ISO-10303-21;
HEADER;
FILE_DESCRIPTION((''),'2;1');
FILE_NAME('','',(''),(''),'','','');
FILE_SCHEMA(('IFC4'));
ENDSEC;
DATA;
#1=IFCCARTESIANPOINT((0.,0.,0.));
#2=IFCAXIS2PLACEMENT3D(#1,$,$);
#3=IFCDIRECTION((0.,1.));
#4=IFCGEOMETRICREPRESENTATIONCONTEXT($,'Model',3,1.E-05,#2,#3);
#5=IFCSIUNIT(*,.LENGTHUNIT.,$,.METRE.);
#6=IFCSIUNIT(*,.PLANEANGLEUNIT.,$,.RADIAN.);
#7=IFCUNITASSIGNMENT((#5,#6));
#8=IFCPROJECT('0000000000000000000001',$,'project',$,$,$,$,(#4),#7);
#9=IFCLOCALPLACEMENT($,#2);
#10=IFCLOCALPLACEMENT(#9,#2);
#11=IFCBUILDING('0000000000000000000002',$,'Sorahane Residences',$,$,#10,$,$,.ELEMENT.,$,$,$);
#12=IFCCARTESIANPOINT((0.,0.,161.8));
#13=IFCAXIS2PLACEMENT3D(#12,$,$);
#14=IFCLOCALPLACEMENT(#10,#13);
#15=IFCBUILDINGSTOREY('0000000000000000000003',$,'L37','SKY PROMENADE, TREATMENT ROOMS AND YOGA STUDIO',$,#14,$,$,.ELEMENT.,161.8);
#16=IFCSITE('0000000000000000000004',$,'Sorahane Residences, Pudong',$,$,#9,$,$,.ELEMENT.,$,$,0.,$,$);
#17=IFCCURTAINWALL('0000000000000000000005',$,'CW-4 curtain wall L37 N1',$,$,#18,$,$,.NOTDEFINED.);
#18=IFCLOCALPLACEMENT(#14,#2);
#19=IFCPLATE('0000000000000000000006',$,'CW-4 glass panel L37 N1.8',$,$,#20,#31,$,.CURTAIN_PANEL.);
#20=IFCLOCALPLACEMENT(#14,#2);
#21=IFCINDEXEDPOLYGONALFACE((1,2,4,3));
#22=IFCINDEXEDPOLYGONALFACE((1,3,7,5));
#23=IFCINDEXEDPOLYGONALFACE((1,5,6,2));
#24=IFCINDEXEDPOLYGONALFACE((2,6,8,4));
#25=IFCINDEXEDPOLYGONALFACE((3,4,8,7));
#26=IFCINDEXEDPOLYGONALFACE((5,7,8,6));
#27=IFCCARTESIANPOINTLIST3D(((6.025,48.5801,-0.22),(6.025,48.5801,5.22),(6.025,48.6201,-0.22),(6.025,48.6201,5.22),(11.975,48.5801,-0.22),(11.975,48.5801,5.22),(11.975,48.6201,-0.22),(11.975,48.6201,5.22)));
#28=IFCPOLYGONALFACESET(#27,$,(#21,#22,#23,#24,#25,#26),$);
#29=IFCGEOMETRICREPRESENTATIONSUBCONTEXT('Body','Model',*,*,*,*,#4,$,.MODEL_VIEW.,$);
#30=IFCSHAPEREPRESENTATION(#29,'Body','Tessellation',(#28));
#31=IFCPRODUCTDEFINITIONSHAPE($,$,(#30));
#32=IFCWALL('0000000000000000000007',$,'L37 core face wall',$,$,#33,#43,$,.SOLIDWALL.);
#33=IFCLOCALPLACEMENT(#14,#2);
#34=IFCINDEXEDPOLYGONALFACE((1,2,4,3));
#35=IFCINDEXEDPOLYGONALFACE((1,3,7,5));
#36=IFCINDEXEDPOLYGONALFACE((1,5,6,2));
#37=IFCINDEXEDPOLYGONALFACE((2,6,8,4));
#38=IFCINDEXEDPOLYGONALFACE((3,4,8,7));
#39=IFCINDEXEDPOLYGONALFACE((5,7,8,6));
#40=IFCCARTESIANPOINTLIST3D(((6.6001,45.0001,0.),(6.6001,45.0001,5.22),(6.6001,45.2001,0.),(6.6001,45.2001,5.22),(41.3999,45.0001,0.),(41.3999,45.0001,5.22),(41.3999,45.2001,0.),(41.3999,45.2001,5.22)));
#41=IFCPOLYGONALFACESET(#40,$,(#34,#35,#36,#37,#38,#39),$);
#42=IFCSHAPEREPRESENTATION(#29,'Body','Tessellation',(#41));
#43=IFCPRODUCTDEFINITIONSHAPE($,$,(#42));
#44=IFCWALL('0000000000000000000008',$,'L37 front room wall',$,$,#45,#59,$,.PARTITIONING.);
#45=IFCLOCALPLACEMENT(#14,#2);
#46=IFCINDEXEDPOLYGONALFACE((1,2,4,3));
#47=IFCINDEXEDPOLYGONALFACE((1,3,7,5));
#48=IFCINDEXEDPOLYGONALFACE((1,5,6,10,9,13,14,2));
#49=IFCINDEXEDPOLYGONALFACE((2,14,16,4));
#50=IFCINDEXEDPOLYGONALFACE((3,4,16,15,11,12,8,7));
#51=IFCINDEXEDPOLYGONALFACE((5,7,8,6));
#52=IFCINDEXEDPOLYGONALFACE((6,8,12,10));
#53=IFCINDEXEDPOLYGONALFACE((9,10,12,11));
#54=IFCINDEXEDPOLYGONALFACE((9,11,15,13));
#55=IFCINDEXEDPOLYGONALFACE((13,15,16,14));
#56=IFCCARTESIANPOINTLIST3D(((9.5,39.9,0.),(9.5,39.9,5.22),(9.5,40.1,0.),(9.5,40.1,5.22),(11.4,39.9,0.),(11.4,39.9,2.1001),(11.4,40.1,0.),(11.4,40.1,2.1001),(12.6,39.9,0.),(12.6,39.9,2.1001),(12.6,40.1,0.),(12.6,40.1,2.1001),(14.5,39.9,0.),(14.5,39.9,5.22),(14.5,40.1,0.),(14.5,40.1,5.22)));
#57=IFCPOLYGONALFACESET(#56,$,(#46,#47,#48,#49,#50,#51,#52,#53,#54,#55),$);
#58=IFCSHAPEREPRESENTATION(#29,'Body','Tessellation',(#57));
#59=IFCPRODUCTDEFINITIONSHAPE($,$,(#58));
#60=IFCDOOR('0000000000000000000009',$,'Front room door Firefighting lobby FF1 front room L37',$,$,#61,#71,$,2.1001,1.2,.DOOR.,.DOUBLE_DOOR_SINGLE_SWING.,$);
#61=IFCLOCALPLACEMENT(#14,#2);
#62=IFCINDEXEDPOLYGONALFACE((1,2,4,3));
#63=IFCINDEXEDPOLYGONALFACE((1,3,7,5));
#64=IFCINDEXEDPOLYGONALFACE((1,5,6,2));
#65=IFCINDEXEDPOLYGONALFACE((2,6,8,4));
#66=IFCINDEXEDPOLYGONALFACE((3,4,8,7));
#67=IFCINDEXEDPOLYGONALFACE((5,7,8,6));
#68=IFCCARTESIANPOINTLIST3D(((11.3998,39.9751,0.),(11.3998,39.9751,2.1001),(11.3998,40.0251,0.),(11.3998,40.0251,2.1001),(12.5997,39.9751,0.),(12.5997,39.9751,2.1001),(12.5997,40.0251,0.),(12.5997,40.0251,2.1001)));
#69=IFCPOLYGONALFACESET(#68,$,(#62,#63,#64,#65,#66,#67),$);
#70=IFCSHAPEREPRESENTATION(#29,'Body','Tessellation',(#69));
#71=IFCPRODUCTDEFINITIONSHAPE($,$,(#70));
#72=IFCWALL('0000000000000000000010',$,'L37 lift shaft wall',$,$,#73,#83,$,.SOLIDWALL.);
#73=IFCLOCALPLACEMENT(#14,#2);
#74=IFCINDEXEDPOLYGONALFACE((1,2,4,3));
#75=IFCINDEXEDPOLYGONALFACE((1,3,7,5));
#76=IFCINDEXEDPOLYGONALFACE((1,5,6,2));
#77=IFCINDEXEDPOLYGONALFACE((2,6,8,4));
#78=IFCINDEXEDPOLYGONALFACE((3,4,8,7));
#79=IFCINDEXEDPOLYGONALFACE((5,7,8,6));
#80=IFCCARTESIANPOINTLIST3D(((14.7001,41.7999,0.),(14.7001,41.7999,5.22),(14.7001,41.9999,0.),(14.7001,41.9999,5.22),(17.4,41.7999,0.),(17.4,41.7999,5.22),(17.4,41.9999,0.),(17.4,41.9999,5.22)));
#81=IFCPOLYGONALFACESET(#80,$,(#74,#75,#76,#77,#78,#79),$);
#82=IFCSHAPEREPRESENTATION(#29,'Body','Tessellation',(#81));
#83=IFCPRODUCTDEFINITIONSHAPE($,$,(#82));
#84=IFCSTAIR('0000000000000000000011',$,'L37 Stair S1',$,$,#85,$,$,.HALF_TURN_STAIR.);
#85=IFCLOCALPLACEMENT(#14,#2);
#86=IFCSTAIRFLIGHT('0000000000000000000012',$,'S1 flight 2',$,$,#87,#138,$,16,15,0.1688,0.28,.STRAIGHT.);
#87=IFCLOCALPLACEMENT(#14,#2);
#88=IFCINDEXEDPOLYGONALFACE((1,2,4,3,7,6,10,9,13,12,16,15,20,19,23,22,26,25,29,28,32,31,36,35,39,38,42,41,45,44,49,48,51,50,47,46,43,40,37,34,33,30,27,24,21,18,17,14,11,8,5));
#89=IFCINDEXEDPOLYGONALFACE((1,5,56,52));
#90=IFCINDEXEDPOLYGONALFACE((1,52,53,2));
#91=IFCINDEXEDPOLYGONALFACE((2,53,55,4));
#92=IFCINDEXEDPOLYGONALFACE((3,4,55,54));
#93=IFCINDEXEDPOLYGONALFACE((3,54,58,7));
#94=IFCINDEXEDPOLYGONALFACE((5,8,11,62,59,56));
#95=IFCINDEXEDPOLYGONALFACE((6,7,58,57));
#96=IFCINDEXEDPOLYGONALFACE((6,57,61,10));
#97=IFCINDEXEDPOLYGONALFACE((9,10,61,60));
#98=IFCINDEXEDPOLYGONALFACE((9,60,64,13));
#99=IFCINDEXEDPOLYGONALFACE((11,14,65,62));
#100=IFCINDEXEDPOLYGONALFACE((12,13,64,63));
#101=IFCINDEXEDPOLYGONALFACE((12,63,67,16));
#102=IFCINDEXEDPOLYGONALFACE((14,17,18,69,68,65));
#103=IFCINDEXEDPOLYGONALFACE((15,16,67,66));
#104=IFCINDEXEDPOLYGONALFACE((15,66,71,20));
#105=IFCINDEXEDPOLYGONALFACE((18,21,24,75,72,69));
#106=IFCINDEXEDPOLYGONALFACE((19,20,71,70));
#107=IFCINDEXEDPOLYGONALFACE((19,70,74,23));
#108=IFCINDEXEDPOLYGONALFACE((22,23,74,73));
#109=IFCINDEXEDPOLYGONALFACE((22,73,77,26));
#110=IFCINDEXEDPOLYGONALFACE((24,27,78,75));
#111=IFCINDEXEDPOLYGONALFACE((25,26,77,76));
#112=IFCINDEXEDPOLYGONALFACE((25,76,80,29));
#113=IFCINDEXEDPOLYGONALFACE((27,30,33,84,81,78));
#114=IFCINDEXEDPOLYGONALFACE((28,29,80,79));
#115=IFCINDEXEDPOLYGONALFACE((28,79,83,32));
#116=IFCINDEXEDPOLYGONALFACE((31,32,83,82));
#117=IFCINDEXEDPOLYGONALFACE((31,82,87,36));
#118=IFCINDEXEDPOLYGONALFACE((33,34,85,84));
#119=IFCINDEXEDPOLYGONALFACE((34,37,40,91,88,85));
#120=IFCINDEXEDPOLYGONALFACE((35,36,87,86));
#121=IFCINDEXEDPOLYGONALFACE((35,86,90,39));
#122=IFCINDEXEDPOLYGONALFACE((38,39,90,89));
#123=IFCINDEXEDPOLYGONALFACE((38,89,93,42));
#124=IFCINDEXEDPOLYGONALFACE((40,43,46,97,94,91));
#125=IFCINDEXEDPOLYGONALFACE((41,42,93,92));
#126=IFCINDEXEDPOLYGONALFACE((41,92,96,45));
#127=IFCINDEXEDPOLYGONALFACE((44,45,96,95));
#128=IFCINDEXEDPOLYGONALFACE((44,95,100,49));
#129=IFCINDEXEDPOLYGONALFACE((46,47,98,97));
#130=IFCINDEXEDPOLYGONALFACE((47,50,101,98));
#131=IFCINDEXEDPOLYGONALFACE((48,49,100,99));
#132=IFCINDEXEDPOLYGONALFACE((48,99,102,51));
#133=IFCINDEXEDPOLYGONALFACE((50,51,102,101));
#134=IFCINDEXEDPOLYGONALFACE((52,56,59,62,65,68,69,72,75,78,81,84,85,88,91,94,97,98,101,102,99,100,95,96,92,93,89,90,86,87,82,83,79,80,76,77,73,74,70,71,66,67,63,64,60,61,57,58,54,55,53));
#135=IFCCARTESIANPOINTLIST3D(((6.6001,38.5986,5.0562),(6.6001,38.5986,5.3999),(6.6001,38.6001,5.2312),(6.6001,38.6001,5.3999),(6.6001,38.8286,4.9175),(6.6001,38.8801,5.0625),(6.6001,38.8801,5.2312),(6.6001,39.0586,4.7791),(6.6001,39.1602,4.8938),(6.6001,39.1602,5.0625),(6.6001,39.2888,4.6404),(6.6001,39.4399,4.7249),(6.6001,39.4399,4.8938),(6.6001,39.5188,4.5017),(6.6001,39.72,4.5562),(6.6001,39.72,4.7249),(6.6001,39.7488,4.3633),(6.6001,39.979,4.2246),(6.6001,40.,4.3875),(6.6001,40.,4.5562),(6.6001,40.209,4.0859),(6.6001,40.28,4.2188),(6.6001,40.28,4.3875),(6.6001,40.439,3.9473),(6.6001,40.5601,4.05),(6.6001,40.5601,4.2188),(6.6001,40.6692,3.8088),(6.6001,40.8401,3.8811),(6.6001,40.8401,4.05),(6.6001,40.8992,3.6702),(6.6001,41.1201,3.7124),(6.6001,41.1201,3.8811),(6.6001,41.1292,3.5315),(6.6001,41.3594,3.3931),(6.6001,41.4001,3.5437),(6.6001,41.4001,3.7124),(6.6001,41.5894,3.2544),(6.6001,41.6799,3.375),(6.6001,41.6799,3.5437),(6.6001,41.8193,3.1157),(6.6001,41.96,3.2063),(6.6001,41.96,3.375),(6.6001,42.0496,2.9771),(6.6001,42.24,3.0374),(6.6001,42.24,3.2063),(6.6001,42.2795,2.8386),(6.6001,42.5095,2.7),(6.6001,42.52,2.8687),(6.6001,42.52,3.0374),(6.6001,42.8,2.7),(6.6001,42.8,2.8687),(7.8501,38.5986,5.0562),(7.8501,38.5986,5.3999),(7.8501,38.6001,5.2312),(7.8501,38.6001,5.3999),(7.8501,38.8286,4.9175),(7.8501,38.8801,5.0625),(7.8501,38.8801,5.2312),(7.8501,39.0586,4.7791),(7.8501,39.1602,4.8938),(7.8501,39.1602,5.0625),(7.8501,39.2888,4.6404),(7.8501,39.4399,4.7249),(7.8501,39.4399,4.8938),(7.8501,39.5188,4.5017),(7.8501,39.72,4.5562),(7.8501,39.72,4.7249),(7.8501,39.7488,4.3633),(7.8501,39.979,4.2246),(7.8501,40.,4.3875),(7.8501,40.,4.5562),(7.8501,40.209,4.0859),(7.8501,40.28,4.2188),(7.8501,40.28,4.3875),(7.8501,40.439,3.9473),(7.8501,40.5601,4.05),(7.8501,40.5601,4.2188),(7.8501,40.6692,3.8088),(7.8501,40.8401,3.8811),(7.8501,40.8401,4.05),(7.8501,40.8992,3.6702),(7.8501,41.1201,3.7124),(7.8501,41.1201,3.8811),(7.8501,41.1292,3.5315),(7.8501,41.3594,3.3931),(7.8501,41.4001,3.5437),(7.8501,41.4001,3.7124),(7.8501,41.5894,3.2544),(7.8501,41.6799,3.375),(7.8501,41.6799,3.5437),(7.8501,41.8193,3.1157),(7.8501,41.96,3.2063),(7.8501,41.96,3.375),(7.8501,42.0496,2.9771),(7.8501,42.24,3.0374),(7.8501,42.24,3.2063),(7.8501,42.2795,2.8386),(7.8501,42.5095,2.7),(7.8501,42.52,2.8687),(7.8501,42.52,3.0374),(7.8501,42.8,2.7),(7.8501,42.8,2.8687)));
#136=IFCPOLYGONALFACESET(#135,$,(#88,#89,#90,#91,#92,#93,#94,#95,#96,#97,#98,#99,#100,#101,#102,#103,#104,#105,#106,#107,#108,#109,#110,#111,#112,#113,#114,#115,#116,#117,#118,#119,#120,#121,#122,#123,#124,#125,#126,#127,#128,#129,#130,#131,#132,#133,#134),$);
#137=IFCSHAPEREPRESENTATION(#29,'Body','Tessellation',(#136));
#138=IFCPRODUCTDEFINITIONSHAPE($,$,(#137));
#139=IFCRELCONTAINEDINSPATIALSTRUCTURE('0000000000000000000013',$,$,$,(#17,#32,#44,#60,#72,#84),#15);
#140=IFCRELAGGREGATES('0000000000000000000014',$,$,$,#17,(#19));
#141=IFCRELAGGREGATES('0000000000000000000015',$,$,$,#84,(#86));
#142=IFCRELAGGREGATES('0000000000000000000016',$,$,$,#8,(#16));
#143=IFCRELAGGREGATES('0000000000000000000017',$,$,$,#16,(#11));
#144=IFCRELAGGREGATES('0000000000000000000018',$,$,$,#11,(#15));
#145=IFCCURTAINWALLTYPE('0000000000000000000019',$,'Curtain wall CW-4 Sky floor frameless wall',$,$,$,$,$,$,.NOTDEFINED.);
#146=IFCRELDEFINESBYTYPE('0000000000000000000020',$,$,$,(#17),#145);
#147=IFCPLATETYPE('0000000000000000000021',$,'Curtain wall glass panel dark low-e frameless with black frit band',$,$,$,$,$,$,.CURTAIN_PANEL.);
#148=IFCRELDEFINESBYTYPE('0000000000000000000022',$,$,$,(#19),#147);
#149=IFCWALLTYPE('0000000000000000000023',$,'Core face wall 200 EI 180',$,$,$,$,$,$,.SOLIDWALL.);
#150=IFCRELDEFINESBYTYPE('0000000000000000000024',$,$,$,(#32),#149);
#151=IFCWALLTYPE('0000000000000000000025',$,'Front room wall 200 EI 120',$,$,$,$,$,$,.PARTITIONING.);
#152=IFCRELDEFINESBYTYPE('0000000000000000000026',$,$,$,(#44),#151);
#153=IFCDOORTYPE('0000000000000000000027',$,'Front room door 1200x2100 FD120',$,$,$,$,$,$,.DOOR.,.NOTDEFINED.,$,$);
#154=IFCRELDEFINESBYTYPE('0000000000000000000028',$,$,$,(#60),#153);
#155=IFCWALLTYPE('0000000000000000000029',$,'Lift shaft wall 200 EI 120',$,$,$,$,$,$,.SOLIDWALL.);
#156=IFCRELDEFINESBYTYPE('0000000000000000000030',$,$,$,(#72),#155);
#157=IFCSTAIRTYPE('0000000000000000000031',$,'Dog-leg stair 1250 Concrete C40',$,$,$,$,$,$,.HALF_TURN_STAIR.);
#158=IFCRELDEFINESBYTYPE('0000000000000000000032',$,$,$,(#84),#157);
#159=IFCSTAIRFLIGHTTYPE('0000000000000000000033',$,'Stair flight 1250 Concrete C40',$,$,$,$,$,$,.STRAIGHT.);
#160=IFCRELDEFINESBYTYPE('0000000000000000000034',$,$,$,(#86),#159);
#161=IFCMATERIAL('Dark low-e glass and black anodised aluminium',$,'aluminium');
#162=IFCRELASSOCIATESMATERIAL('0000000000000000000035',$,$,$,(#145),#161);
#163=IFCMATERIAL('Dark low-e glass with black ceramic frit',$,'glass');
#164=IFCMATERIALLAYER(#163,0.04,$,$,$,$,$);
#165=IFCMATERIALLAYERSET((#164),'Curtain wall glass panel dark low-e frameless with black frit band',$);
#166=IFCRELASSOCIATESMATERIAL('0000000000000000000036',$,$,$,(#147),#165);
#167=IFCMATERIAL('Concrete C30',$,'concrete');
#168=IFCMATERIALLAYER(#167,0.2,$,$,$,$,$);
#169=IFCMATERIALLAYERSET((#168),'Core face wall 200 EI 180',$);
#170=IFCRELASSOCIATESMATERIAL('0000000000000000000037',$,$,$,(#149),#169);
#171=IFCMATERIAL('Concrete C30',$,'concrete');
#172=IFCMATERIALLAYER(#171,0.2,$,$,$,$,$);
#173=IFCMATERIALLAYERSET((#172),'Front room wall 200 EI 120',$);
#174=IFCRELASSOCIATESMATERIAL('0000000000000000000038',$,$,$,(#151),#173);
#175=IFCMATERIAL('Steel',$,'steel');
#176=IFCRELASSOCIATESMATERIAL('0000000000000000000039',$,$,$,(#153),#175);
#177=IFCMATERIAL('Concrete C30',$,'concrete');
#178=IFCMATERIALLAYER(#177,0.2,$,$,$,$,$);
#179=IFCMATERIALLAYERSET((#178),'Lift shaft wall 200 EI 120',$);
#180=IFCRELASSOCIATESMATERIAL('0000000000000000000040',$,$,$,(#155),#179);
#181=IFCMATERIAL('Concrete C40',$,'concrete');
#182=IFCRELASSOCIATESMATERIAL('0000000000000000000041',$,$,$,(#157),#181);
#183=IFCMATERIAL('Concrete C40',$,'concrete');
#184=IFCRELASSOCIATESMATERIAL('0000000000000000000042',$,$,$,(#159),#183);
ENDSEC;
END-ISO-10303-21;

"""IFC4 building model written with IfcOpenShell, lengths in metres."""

from ifc_helpers import new_model, si_unit, direction, frame, frame_2d, origin, origin_2d, place, context, subcontext, project, spatial, polyline, rectangle, outline, extrude, material, layer, layer_set, type_object, element, fill, aggregate, save


model = new_model("IFC4")

# Units and contexts
model_context = context("Model", 3, precision=1e-05, world=origin(), true_north=direction((0.0, 1.0)))
body_context = subcontext(model_context, "Body", "Model", "MODEL_VIEW")
ifc_project = project(units=[si_unit("LENGTHUNIT", "METRE"), si_unit("PLANEANGLEUNIT", "RADIAN")], contexts=[model_context])

# Site, building, storey
site_placement = place(None, origin())
site = spatial("IfcSite", under=ifc_project, at=site_placement, Name="Sorahane Residences, Pudong", CompositionType="ELEMENT", RefElevation=0.0)
building_placement = place(site_placement, origin())
building = spatial("IfcBuilding", under=site, at=building_placement, Name="Sorahane Residences", CompositionType="ELEMENT")
storey_placement = place(building_placement, frame((0.0, 0.0, 161.8)))
storey = spatial("IfcBuildingStorey", under=building, at=storey_placement, Name="L37", Description="SKY PROMENADE, TREATMENT ROOMS AND YOGA STUDIO", CompositionType="ELEMENT", Elevation=161.8)

# Curtain wall
ifc_material_1 = material(Name="Dark low-e glass and black anodised aluminium", Category="aluminium")
curtain_wall_type = type_object("IfcCurtainWallType", Name="Curtain wall CW-4 Sky floor frameless wall", PredefinedType="NOTDEFINED", material=ifc_material_1)
curtain_wall_placement = place(storey_placement, origin())
curtain_wall = element("IfcCurtainWall", 1, at=curtain_wall_placement, inside=storey, type_object=curtain_wall_type, Name="CW-4 curtain wall L37 N1", PredefinedType="NOTDEFINED")

# Plate
ifc_material_2 = material(Name="Dark low-e glass with black ceramic frit", Category="glass")
ifc_layer_1 = layer(ifc_material_2, 0.04)
ifc_layer_set_1 = layer_set([ifc_layer_1], Name="Curtain wall glass panel dark low-e frameless with black frit band")
plate_type = type_object("IfcPlateType", Name="Curtain wall glass panel dark low-e frameless with black frit band", PredefinedType="CURTAIN_PANEL", material=ifc_layer_set_1)
plate_1_placement = place(storey_placement, frame((9.0, 48.6001, -0.22), z_axis=(0.0, 0.0, 1.0), x_axis=(-1.0, 0.0, 0.0)))
plate_1 = element("IfcPlate", 2, at=plate_1_placement, type_object=plate_type, Name="CW-4 glass panel L37 N1.8", PredefinedType="CURTAIN_PANEL", context=body_context, shape_type="SweptSolid", body=[
    extrude(rectangle(XDim=5.95, YDim=0.04, at=origin_2d()), origin(), (0.0, 0.0, 1.0), 5.4399),
])
aggregate(curtain_wall, [plate_1])

# Wall
ifc_material_3 = material(Name="Concrete C30", Category="concrete")
ifc_layer_2 = layer(ifc_material_3, 0.2)
ifc_layer_set_2 = layer_set([ifc_layer_2], Name="Core face wall 200 EI 180")
wall_type_1 = type_object("IfcWallType", Name="Core face wall 200 EI 180", PredefinedType="SOLIDWALL", material=ifc_layer_set_2)
wall_1_placement = place(storey_placement, frame((6.6001, 45.1001, 0.0), z_axis=(0.0, 0.0, 1.0), x_axis=(1.0, 0.0, 0.0)))
element("IfcWall", 3, at=wall_1_placement, inside=storey, type_object=wall_type_1, Name="L37 core face wall", PredefinedType="SOLIDWALL", context=body_context, shape_type="SweptSolid", body=[
    extrude(rectangle(XDim=34.7998, YDim=0.2, at=frame_2d((17.3999, 0.0))), origin(), (0.0, 0.0, 1.0), 5.22),
])

# Wall, opening, door
ifc_material_4 = material(Name="Concrete C30", Category="concrete")
ifc_layer_3 = layer(ifc_material_4, 0.2)
ifc_layer_set_3 = layer_set([ifc_layer_3], Name="Front room wall 200 EI 120")
wall_type_2 = type_object("IfcWallType", Name="Front room wall 200 EI 120", PredefinedType="PARTITIONING", material=ifc_layer_set_3)
wall_2_placement = place(storey_placement, frame((9.5, 40.0, 0.0), z_axis=(0.0, 0.0, 1.0), x_axis=(1.0, 0.0, 0.0)))
wall_2 = element("IfcWall", 4, at=wall_2_placement, inside=storey, type_object=wall_type_2, Name="L37 front room wall", PredefinedType="PARTITIONING", context=body_context, shape_type="SweptSolid", body=[
    extrude(rectangle(XDim=5.0, YDim=0.2, at=frame_2d((2.5, 0.0))), origin(), (0.0, 0.0, 1.0), 5.22),
])
opening_placement = place(wall_2_placement, frame((1.8999, 0.0, 0.0)))
opening = element("IfcOpeningElement", 5, at=opening_placement, cuts=wall_2, PredefinedType="OPENING", context=body_context, shape_type="SweptSolid", body=[
    extrude(rectangle(XDim=1.2, YDim=2.1001, at=frame_2d((0.6001, 1.05))), frame((0.0, 0.1099, 0.0), z_axis=(0.0, -1.0, 0.0), x_axis=(1.0, 0.0, 0.0)), (0.0, 0.0, 1.0), 0.22),
])
ifc_material_5 = material(Name="Steel", Category="steel")
door_type = type_object("IfcDoorType", Name="Front room door 1200x2100 FD120", OperationType="NOTDEFINED", PredefinedType="DOOR", material=ifc_material_5)
door_placement = place(opening_placement, frame((1.2, 0.0, 0.0), z_axis=(0.0, 0.0, 1.0), x_axis=(-1.0, 0.0, 0.0)))
door = element("IfcDoor", 6, at=door_placement, inside=storey, type_object=door_type, Name="Front room door Firefighting lobby FF1 front room L37", OperationType="DOUBLE_DOOR_SINGLE_SWING", OverallHeight=2.1001, OverallWidth=1.2, PredefinedType="DOOR", context=body_context, shape_type="SweptSolid", body=[
    extrude(rectangle(XDim=1.2, YDim=2.1001, at=frame_2d((0.6001, 1.05))), frame((0.0, 0.0249, 0.0), z_axis=(0.0, -1.0, 0.0), x_axis=(1.0, 0.0, 0.0)), (0.0, 0.0, 1.0), 0.05),
])
fill(opening, door)

# Wall
ifc_material_6 = material(Name="Concrete C30", Category="concrete")
ifc_layer_4 = layer(ifc_material_6, 0.2)
ifc_layer_set_4 = layer_set([ifc_layer_4], Name="Lift shaft wall 200 EI 120")
wall_type_3 = type_object("IfcWallType", Name="Lift shaft wall 200 EI 120", PredefinedType="SOLIDWALL", material=ifc_layer_set_4)
wall_3_placement = place(storey_placement, frame((14.7, 41.8999, 0.0), z_axis=(0.0, 0.0, 1.0), x_axis=(1.0, 0.0, 0.0)))
element("IfcWall", 7, at=wall_3_placement, inside=storey, type_object=wall_type_3, Name="L37 lift shaft wall", PredefinedType="SOLIDWALL", context=body_context, shape_type="SweptSolid", body=[
    extrude(rectangle(XDim=2.7, YDim=0.2, at=frame_2d((1.3501, 0.0))), origin(), (0.0, 0.0, 1.0), 5.22),
])

# Stair, stair flight
ifc_material_7 = material(Name="Concrete C40", Category="concrete")
stair_type = type_object("IfcStairType", Name="Dog-leg stair 1250 Concrete C40", PredefinedType="HALF_TURN_STAIR", material=ifc_material_7)
stair_1_placement = place(storey_placement, origin())
stair_1 = element("IfcStair", 8, at=stair_1_placement, inside=storey, type_object=stair_type, Name="L37 Stair S1", PredefinedType="HALF_TURN_STAIR")
ifc_material_8 = material(Name="Concrete C40", Category="concrete")
stair_flight_type = type_object("IfcStairFlightType", Name="Stair flight 1250 Concrete C40", PredefinedType="STRAIGHT", material=ifc_material_8)
stair_flight_1_placement = place(storey_placement, frame((7.2251, 42.8, 2.7), z_axis=(0.0, 0.0, 1.0), x_axis=(0.0, -1.0, 0.0)))
stair_flight_1 = element("IfcStairFlight", 9, at=stair_flight_1_placement, type_object=stair_flight_type, Name="S1 flight 2", NumberOfRisers=16, NumberOfTreads=15, PredefinedType="STRAIGHT", RiserHeight=0.1688, TreadLength=0.28, context=body_context, shape_type="SweptSolid", body=[
    extrude(outline(polyline([(0.0, 0.0), (0.0, 0.1687), (0.28, 0.1687), (0.28, 0.3374), (0.5601, 0.3374), (0.5601, 0.5063), (0.8401, 0.5063), (0.8401, 0.675), (1.1201, 0.675), (1.1201, 0.8438), (1.3999, 0.8438), (1.3999, 1.0125), (1.6799, 1.0125), (1.6799, 1.1812), (1.96, 1.1812), (1.96, 1.3501), (2.24, 1.3501), (2.24, 1.5188), (2.52, 1.5188), (2.52, 1.6875), (2.8, 1.6875), (2.8, 1.8562), (3.0801, 1.8562), (3.0801, 2.0249), (3.3601, 2.0249), (3.3601, 2.1938), (3.6399, 2.1938), (3.6399, 2.3625), (3.9199, 2.3625), (3.9199, 2.5312), (4.2, 2.5312), (4.2, 2.7), (4.2014, 2.7), (4.2014, 2.3562), (3.9714, 2.2175), (3.7415, 2.0791), (3.5112, 1.9404), (3.2812, 1.8018), (3.0513, 1.6633), (2.821, 1.5247), (2.5911, 1.386), (2.3611, 1.2473), (2.1309, 1.1089), (1.9009, 0.9702), (1.6709, 0.8315), (1.4407, 0.6931), (1.2107, 0.5544), (0.9807, 0.4158), (0.7505, 0.2771), (0.5205, 0.1387), (0.2905, 0.0), (0.0, 0.0)])), frame((0.0, 0.625, 0.0), z_axis=(0.0, -1.0, 0.0), x_axis=(1.0, 0.0, 0.0)), (0.0, 0.0, 1.0), 1.25),
])
aggregate(stair_1, [stair_flight_1])

save(model, "model.ifc")
